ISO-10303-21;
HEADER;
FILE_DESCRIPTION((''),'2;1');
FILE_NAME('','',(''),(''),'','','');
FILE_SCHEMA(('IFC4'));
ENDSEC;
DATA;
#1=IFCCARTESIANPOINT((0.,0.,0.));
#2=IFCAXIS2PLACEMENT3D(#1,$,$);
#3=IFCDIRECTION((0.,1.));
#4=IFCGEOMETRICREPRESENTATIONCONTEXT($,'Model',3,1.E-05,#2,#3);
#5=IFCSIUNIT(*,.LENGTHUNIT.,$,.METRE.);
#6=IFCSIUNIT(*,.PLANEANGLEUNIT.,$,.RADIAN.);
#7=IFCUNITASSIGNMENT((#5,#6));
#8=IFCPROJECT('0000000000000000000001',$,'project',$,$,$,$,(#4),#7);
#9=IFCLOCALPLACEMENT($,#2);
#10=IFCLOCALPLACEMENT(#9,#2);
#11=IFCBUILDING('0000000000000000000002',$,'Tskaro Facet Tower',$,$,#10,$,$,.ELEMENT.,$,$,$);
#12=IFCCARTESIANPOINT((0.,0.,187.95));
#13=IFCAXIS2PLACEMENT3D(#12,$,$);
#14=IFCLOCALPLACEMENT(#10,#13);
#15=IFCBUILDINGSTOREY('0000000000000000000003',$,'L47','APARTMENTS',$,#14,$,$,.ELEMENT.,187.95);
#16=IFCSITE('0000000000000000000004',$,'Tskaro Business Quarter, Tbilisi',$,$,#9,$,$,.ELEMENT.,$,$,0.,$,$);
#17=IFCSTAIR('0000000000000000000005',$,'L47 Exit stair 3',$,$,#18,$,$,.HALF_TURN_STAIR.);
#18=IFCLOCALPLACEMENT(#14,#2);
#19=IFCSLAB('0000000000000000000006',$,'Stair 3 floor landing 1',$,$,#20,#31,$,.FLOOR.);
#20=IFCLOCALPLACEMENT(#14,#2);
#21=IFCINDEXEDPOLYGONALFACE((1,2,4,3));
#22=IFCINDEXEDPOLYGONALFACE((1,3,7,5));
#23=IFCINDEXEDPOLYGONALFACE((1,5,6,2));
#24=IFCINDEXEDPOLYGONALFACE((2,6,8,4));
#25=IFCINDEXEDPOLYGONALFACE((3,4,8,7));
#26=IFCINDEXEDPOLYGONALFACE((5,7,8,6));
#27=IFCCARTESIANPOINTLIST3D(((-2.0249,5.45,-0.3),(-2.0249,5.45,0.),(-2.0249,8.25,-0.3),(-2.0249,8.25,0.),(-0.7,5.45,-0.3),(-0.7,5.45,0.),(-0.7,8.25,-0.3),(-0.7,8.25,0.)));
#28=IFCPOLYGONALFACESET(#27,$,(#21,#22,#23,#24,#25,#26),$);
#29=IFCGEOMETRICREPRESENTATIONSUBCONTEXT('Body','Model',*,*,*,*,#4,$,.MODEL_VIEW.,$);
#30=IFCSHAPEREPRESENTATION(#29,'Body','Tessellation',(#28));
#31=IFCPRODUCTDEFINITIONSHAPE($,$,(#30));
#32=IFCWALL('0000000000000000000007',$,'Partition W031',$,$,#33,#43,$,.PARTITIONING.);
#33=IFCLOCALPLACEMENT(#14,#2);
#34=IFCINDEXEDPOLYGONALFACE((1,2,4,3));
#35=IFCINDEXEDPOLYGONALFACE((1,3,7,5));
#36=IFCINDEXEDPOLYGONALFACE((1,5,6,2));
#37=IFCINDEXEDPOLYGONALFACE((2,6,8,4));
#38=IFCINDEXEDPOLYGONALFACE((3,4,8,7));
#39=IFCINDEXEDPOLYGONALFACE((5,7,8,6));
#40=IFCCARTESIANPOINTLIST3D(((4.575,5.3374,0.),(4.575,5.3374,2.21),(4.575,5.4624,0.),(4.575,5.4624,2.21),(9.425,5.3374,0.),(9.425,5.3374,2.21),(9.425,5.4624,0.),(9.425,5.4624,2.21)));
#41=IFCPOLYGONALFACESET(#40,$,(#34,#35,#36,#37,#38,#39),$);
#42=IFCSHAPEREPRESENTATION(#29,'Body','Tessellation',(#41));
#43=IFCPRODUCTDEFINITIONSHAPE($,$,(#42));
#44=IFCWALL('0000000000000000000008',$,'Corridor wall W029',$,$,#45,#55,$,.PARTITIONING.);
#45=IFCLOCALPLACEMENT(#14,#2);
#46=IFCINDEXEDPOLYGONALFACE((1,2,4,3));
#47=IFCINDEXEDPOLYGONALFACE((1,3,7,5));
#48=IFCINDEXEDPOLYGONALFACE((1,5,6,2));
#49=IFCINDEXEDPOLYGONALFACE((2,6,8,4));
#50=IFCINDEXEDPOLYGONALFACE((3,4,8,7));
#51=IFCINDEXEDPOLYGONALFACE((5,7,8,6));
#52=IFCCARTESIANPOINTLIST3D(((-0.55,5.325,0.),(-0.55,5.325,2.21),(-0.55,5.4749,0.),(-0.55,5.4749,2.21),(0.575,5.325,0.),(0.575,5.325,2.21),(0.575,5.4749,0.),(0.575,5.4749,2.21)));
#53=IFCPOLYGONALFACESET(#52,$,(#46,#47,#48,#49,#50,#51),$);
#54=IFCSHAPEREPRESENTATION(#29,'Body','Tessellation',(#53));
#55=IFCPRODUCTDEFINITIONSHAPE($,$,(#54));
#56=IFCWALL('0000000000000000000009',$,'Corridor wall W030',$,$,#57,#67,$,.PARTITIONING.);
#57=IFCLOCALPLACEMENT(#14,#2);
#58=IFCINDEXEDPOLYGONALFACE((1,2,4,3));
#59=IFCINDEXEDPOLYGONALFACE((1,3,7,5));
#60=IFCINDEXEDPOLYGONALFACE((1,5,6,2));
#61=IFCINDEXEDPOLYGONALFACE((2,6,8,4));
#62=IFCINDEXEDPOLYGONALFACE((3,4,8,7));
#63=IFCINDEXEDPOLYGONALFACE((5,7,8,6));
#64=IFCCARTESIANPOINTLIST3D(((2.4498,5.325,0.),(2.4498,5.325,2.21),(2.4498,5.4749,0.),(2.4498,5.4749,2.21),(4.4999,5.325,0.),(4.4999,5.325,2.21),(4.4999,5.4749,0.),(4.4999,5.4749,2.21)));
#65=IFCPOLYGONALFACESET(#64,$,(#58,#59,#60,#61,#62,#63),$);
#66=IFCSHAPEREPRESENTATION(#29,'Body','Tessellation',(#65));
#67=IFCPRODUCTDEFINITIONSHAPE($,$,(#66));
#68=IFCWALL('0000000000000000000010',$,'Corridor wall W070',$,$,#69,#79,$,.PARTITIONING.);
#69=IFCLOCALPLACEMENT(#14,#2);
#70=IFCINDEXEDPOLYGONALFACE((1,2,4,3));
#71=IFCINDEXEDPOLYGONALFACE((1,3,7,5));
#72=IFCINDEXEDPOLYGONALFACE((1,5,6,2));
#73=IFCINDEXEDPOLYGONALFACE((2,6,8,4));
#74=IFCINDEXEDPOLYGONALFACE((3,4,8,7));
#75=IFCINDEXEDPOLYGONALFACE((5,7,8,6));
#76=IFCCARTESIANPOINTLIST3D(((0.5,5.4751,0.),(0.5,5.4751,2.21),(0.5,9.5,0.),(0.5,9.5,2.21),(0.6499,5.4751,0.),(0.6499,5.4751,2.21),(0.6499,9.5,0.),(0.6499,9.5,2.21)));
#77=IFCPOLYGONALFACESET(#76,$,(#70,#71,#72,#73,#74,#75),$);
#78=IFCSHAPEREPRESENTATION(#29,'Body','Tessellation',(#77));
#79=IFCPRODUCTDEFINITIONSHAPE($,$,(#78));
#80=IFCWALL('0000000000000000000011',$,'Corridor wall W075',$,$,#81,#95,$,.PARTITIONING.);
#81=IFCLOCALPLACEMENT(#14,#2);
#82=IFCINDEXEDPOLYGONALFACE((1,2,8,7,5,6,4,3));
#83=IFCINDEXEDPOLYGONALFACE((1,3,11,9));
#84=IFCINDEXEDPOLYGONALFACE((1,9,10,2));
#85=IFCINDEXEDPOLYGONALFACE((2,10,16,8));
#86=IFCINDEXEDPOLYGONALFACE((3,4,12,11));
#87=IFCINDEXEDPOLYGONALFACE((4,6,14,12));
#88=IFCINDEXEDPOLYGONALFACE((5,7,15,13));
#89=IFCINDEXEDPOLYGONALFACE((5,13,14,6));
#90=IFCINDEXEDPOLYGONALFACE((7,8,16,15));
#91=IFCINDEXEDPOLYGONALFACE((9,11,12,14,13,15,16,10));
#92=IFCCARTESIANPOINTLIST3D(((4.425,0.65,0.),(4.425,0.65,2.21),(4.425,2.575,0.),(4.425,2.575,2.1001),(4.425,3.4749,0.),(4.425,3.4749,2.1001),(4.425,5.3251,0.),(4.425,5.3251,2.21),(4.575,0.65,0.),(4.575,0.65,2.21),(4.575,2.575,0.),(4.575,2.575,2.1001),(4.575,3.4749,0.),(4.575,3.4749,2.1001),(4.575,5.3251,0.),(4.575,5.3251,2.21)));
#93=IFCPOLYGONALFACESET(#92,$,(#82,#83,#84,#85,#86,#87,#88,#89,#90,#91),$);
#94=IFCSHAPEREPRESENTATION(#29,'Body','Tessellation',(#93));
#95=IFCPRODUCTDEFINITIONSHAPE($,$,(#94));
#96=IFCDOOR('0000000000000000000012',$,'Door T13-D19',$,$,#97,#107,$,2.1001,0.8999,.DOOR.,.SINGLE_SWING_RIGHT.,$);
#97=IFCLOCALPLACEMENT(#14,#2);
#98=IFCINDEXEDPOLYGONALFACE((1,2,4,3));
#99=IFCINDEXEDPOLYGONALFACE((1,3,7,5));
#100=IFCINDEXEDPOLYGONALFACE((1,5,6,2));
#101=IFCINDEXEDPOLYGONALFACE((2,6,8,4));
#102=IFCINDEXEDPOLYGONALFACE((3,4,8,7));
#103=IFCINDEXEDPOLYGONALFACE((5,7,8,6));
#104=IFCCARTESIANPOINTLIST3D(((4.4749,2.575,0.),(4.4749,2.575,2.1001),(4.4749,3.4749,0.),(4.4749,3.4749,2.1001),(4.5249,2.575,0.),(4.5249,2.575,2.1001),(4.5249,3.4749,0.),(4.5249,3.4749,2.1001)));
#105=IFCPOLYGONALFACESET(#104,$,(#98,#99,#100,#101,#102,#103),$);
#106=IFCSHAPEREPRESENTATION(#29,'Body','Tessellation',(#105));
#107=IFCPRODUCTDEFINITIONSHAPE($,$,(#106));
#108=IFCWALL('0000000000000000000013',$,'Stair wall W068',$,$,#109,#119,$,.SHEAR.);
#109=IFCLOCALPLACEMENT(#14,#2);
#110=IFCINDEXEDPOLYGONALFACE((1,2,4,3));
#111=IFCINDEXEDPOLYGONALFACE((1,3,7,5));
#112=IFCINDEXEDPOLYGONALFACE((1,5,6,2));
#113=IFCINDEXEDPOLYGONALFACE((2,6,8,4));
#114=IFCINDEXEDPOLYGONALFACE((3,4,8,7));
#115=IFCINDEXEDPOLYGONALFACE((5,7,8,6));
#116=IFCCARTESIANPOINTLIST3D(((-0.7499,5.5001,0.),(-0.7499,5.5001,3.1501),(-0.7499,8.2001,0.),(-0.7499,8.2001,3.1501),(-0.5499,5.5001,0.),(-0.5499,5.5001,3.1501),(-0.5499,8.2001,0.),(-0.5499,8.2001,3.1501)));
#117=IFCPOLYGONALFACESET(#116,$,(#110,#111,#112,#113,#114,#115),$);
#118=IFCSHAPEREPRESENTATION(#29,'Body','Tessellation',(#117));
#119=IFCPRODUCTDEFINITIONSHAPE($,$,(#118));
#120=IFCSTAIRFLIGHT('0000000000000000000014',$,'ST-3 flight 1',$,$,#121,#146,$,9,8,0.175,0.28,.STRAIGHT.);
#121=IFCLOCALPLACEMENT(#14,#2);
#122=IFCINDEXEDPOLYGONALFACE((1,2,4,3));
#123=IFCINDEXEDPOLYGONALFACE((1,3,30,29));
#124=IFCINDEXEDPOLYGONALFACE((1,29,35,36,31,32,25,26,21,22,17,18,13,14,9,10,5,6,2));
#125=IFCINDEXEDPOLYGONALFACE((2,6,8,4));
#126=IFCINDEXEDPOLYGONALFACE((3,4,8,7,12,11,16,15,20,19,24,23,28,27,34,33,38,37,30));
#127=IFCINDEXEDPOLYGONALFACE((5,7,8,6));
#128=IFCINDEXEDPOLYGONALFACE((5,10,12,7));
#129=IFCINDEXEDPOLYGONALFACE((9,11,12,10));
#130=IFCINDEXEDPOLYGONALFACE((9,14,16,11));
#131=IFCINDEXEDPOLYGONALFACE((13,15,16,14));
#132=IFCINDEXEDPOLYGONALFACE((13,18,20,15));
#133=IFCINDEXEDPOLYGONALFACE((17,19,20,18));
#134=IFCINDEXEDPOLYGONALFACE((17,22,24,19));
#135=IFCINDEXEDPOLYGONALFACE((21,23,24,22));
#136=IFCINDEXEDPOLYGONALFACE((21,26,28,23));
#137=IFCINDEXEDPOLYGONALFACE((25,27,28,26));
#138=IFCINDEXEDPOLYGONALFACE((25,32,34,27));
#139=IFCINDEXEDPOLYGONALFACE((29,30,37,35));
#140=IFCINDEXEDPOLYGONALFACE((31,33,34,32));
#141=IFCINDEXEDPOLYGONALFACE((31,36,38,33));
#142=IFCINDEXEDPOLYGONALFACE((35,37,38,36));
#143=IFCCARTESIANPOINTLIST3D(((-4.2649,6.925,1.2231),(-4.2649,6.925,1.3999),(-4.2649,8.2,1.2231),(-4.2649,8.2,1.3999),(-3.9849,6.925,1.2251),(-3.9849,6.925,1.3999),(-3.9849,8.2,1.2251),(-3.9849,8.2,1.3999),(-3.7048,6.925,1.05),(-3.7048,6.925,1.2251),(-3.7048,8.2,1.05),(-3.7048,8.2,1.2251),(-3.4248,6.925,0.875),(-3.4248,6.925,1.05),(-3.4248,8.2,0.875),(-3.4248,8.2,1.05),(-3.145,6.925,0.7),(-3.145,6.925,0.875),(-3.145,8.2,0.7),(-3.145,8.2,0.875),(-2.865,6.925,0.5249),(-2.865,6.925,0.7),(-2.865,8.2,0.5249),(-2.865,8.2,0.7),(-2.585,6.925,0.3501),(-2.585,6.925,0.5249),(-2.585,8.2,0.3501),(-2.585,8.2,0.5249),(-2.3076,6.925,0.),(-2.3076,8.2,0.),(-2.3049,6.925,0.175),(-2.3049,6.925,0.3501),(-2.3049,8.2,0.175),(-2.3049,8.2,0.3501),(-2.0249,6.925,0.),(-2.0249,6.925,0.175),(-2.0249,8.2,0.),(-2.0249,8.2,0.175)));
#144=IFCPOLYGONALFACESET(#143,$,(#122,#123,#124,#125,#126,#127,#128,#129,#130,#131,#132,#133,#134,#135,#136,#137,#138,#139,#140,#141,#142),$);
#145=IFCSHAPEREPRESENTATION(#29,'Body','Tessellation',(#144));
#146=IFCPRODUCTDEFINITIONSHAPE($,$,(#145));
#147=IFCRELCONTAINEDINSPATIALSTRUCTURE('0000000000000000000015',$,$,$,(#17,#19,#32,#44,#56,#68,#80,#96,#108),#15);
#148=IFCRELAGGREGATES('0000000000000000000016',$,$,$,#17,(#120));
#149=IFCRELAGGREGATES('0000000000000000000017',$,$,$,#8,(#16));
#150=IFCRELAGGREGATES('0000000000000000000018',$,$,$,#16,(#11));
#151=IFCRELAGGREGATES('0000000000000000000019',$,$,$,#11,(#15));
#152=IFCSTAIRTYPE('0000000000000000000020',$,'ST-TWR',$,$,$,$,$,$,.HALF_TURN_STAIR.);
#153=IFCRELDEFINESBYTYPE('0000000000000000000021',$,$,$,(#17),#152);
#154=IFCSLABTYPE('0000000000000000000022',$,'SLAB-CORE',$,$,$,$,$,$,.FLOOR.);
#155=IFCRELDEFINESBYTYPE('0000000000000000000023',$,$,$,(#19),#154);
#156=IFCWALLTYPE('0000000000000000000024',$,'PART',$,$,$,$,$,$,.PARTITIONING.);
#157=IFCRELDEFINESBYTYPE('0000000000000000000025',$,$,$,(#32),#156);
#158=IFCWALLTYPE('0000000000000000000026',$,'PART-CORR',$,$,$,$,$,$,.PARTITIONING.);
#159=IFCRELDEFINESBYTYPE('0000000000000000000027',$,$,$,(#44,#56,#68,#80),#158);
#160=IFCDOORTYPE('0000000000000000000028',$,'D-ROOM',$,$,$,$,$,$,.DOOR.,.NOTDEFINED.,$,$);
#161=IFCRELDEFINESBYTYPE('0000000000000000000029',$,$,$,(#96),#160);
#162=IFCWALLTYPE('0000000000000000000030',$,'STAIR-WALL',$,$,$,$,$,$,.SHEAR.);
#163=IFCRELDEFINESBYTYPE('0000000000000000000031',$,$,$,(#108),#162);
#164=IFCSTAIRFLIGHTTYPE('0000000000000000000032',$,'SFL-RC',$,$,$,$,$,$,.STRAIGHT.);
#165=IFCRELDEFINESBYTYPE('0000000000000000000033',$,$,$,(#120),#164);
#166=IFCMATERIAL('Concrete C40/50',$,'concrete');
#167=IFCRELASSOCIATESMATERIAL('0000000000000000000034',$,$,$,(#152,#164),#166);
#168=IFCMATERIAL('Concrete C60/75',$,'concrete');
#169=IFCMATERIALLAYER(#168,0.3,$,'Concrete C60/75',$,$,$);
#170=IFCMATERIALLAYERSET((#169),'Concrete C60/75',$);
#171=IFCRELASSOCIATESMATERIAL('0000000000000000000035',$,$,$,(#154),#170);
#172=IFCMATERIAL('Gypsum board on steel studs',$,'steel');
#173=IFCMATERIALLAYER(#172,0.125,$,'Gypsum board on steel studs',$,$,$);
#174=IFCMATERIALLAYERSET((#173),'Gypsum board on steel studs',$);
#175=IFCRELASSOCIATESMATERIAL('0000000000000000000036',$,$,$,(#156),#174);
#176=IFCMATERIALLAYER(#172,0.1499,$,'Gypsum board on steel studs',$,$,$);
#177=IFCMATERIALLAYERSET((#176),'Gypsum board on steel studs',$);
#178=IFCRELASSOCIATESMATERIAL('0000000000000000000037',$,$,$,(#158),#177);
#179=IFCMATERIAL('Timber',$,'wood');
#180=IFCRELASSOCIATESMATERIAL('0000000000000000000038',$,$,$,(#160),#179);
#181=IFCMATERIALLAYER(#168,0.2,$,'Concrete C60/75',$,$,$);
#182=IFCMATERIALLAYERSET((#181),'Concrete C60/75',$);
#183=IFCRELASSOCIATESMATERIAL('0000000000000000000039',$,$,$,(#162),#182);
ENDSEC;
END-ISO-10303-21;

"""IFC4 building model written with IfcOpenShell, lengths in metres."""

from ifc_helpers import new_model, si_unit, direction, frame, frame_2d, origin, place, context, subcontext, project, spatial, polyline, rectangle, outline, extrude, material, layer, layer_set, type_object, element, fill, aggregate, save


model = new_model("IFC4")

# Units and contexts
model_context = context("Model", 3, precision=1e-05, world=origin(), true_north=direction((0.0, 1.0)))
body_context = subcontext(model_context, "Body", "Model", "MODEL_VIEW")
ifc_project = project(units=[si_unit("LENGTHUNIT", "METRE"), si_unit("PLANEANGLEUNIT", "RADIAN")], contexts=[model_context])

# Site, building, storey
site_placement = place(None, origin())
site = spatial("IfcSite", under=ifc_project, at=site_placement, Name="Tskaro Business Quarter, Tbilisi", CompositionType="ELEMENT", RefElevation=0.0)
building_placement = place(site_placement, origin())
building = spatial("IfcBuilding", under=site, at=building_placement, Name="Tskaro Facet Tower", CompositionType="ELEMENT")
storey_placement = place(building_placement, frame((0.0, 0.0, 187.95)))
storey = spatial("IfcBuildingStorey", under=building, at=storey_placement, Name="L47", Description="APARTMENTS", CompositionType="ELEMENT", Elevation=187.95)

# Stair
ifc_material_1 = material(Name="Concrete C40/50", Category="concrete")
stair_type = type_object("IfcStairType", Name="ST-TWR", PredefinedType="HALF_TURN_STAIR", material=ifc_material_1)
stair_1_placement = place(storey_placement, origin())
stair_1 = element("IfcStair", 1, at=stair_1_placement, inside=storey, type_object=stair_type, Name="L47 Exit stair 3", PredefinedType="HALF_TURN_STAIR")

# Slab
ifc_material_2 = material(Name="Concrete C60/75", Category="concrete")
ifc_layer_1 = layer(ifc_material_2, 0.3, Name="Concrete C60/75")
ifc_layer_set_1 = layer_set([ifc_layer_1], Name="Concrete C60/75")
slab_type_1 = type_object("IfcSlabType", Name="SLAB-CORE", PredefinedType="FLOOR", material=ifc_layer_set_1)
slab_1_placement = place(storey_placement, frame((0.0, 0.0, -0.3)))
element("IfcSlab", 2, at=slab_1_placement, inside=storey, type_object=slab_type_1, Name="Stair 3 floor landing 1", PredefinedType="FLOOR", context=body_context, shape_type="SweptSolid", body=[
    extrude(outline(polyline([(-2.0249, 5.45), (-0.7, 5.45), (-0.7, 8.25), (-2.0249, 8.25), (-2.0249, 5.45)])), origin(), (0.0, 0.0, 1.0), 0.3),
])

# Walls
ifc_material_3 = material(Name="Gypsum board on steel studs", Category="steel")
ifc_layer_2 = layer(ifc_material_3, 0.125, Name="Gypsum board on steel studs")
ifc_layer_set_2 = layer_set([ifc_layer_2], Name="Gypsum board on steel studs")
wall_type_1 = type_object("IfcWallType", Name="PART", PredefinedType="PARTITIONING", material=ifc_layer_set_2)
wall_1_placement = place(storey_placement, frame((4.575, 5.3999, 0.0), z_axis=(0.0, 0.0, 1.0), x_axis=(1.0, 0.0, 0.0)))
element("IfcWall", 3, at=wall_1_placement, inside=storey, type_object=wall_type_1, Name="Partition W031", PredefinedType="PARTITIONING", context=body_context, shape_type="SweptSolid", body=[
    extrude(rectangle(XDim=4.8501, YDim=0.125, at=frame_2d((2.425, 0.0))), origin(), (0.0, 0.0, 1.0), 2.21),
])
ifc_layer_3 = layer(ifc_material_3, 0.1499, Name="Gypsum board on steel studs")
ifc_layer_set_3 = layer_set([ifc_layer_3], Name="Gypsum board on steel studs")
wall_type_2 = type_object("IfcWallType", Name="PART-CORR", PredefinedType="PARTITIONING", material=ifc_layer_set_3)
wall_2_placement = place(storey_placement, frame((-0.55, 5.3999, 0.0), z_axis=(0.0, 0.0, 1.0), x_axis=(1.0, 0.0, 0.0)))
element("IfcWall", 4, at=wall_2_placement, inside=storey, type_object=wall_type_2, Name="Corridor wall W029", PredefinedType="PARTITIONING", context=body_context, shape_type="SweptSolid", body=[
    extrude(rectangle(XDim=1.125, YDim=0.1499, at=frame_2d((0.5625, 0.0))), origin(), (0.0, 0.0, 1.0), 2.21),
])
wall_3_placement = place(storey_placement, frame((2.45, 5.3999, 0.0), z_axis=(0.0, 0.0, 1.0), x_axis=(1.0, 0.0, 0.0)))
element("IfcWall", 5, at=wall_3_placement, inside=storey, type_object=wall_type_2, Name="Corridor wall W030", PredefinedType="PARTITIONING", context=body_context, shape_type="SweptSolid", body=[
    extrude(rectangle(XDim=2.05, YDim=0.1499, at=frame_2d((1.0249, 0.0))), origin(), (0.0, 0.0, 1.0), 2.21),
])
wall_4_placement = place(storey_placement, frame((0.575, 5.4751, 0.0), z_axis=(0.0, 0.0, 1.0), x_axis=(0.0, 1.0, 0.0)))
element("IfcWall", 6, at=wall_4_placement, inside=storey, type_object=wall_type_2, Name="Corridor wall W070", PredefinedType="PARTITIONING", context=body_context, shape_type="SweptSolid", body=[
    extrude(rectangle(XDim=4.0249, YDim=0.1499, at=frame_2d((2.0125, 0.0))), origin(), (0.0, 0.0, 1.0), 2.21),
])

# Wall, opening, door
wall_5_placement = place(storey_placement, frame((4.5, 5.325, 0.0), z_axis=(0.0, 0.0, 1.0), x_axis=(0.0, -1.0, 0.0)))
wall_5 = element("IfcWall", 7, at=wall_5_placement, inside=storey, type_object=wall_type_2, Name="Corridor wall W075", PredefinedType="PARTITIONING", context=body_context, shape_type="SweptSolid", body=[
    extrude(rectangle(XDim=4.675, YDim=0.1499, at=frame_2d((2.3374, 0.0))), origin(), (0.0, 0.0, 1.0), 2.21),
])
opening_placement = place(wall_5_placement, frame((1.8501, 0.0, 0.0)))
opening = element("IfcOpeningElement", 8, at=opening_placement, cuts=wall_5, PredefinedType="OPENING", context=body_context, shape_type="SweptSolid", body=[
    extrude(rectangle(XDim=0.8999, YDim=2.1001, at=frame_2d((0.45, 1.05))), frame((0.0, 0.085, 0.0), z_axis=(0.0, -1.0, 0.0), x_axis=(1.0, 0.0, 0.0)), (0.0, 0.0, 1.0), 0.1699),
])
ifc_material_4 = material(Name="Timber", Category="wood")
door_type = type_object("IfcDoorType", Name="D-ROOM", OperationType="NOTDEFINED", PredefinedType="DOOR", material=ifc_material_4)
door_placement = place(opening_placement, origin())
door = element("IfcDoor", 9, at=door_placement, inside=storey, type_object=door_type, Name="Door T13-D19", OperationType="SINGLE_SWING_RIGHT", OverallHeight=2.1001, OverallWidth=0.8999, PredefinedType="DOOR", context=body_context, shape_type="SweptSolid", body=[
    extrude(rectangle(XDim=0.8999, YDim=2.1001, at=frame_2d((0.45, 1.05))), frame((0.0, 0.0249, 0.0), z_axis=(0.0, -1.0, 0.0), x_axis=(1.0, 0.0, 0.0)), (0.0, 0.0, 1.0), 0.05),
])
fill(opening, door)

# Wall
ifc_layer_4 = layer(ifc_material_2, 0.2, Name="Concrete C60/75")
ifc_layer_set_4 = layer_set([ifc_layer_4], Name="Concrete C60/75")
wall_type_3 = type_object("IfcWallType", Name="STAIR-WALL", PredefinedType="SHEAR", material=ifc_layer_set_4)
wall_6_placement = place(storey_placement, frame((-0.6499, 5.5, 0.0), z_axis=(0.0, 0.0, 1.0), x_axis=(0.0, 1.0, 0.0)))
element("IfcWall", 10, at=wall_6_placement, inside=storey, type_object=wall_type_3, Name="Stair wall W068", PredefinedType="SHEAR", context=body_context, shape_type="SweptSolid", body=[
    extrude(rectangle(XDim=2.7, YDim=0.2, at=frame_2d((1.3501, 0.0))), origin(), (0.0, 0.0, 1.0), 3.1501),
])

# Stair flight
stair_flight_type = type_object("IfcStairFlightType", Name="SFL-RC", PredefinedType="STRAIGHT", material=ifc_material_1)
stair_flight_placement = place(storey_placement, frame((-2.0249, 7.5625, 0.0), z_axis=(0.0, 0.0, 1.0), x_axis=(-1.0, 0.0, 0.0)))
stair_flight = element("IfcStairFlight", 11, at=stair_flight_placement, type_object=stair_flight_type, Name="ST-3 flight 1", NumberOfRisers=9, NumberOfTreads=8, PredefinedType="STRAIGHT", RiserHeight=0.175, TreadLength=0.28, context=body_context, shape_type="SweptSolid", body=[
    extrude(outline(polyline([(0.0, 0.0), (0.0, 0.175), (0.28, 0.175), (0.28, 0.3501), (0.5601, 0.3501), (0.5601, 0.5249), (0.8401, 0.5249), (0.8401, 0.7), (1.1201, 0.7), (1.1201, 0.875), (1.3999, 0.875), (1.3999, 1.05), (1.6799, 1.05), (1.6799, 1.2251), (1.96, 1.2251), (1.96, 1.3999), (2.24, 1.3999), (2.24, 1.575), (2.24, 1.2231), (0.2827, 0.0), (0.0, 0.0)])), frame((0.0, 0.6375, 0.0), z_axis=(0.0, -1.0, 0.0), x_axis=(1.0, 0.0, 0.0)), (0.0, 0.0, 1.0), 1.2749),
])
aggregate(stair_1, [stair_flight])

save(model, "model.ifc")
